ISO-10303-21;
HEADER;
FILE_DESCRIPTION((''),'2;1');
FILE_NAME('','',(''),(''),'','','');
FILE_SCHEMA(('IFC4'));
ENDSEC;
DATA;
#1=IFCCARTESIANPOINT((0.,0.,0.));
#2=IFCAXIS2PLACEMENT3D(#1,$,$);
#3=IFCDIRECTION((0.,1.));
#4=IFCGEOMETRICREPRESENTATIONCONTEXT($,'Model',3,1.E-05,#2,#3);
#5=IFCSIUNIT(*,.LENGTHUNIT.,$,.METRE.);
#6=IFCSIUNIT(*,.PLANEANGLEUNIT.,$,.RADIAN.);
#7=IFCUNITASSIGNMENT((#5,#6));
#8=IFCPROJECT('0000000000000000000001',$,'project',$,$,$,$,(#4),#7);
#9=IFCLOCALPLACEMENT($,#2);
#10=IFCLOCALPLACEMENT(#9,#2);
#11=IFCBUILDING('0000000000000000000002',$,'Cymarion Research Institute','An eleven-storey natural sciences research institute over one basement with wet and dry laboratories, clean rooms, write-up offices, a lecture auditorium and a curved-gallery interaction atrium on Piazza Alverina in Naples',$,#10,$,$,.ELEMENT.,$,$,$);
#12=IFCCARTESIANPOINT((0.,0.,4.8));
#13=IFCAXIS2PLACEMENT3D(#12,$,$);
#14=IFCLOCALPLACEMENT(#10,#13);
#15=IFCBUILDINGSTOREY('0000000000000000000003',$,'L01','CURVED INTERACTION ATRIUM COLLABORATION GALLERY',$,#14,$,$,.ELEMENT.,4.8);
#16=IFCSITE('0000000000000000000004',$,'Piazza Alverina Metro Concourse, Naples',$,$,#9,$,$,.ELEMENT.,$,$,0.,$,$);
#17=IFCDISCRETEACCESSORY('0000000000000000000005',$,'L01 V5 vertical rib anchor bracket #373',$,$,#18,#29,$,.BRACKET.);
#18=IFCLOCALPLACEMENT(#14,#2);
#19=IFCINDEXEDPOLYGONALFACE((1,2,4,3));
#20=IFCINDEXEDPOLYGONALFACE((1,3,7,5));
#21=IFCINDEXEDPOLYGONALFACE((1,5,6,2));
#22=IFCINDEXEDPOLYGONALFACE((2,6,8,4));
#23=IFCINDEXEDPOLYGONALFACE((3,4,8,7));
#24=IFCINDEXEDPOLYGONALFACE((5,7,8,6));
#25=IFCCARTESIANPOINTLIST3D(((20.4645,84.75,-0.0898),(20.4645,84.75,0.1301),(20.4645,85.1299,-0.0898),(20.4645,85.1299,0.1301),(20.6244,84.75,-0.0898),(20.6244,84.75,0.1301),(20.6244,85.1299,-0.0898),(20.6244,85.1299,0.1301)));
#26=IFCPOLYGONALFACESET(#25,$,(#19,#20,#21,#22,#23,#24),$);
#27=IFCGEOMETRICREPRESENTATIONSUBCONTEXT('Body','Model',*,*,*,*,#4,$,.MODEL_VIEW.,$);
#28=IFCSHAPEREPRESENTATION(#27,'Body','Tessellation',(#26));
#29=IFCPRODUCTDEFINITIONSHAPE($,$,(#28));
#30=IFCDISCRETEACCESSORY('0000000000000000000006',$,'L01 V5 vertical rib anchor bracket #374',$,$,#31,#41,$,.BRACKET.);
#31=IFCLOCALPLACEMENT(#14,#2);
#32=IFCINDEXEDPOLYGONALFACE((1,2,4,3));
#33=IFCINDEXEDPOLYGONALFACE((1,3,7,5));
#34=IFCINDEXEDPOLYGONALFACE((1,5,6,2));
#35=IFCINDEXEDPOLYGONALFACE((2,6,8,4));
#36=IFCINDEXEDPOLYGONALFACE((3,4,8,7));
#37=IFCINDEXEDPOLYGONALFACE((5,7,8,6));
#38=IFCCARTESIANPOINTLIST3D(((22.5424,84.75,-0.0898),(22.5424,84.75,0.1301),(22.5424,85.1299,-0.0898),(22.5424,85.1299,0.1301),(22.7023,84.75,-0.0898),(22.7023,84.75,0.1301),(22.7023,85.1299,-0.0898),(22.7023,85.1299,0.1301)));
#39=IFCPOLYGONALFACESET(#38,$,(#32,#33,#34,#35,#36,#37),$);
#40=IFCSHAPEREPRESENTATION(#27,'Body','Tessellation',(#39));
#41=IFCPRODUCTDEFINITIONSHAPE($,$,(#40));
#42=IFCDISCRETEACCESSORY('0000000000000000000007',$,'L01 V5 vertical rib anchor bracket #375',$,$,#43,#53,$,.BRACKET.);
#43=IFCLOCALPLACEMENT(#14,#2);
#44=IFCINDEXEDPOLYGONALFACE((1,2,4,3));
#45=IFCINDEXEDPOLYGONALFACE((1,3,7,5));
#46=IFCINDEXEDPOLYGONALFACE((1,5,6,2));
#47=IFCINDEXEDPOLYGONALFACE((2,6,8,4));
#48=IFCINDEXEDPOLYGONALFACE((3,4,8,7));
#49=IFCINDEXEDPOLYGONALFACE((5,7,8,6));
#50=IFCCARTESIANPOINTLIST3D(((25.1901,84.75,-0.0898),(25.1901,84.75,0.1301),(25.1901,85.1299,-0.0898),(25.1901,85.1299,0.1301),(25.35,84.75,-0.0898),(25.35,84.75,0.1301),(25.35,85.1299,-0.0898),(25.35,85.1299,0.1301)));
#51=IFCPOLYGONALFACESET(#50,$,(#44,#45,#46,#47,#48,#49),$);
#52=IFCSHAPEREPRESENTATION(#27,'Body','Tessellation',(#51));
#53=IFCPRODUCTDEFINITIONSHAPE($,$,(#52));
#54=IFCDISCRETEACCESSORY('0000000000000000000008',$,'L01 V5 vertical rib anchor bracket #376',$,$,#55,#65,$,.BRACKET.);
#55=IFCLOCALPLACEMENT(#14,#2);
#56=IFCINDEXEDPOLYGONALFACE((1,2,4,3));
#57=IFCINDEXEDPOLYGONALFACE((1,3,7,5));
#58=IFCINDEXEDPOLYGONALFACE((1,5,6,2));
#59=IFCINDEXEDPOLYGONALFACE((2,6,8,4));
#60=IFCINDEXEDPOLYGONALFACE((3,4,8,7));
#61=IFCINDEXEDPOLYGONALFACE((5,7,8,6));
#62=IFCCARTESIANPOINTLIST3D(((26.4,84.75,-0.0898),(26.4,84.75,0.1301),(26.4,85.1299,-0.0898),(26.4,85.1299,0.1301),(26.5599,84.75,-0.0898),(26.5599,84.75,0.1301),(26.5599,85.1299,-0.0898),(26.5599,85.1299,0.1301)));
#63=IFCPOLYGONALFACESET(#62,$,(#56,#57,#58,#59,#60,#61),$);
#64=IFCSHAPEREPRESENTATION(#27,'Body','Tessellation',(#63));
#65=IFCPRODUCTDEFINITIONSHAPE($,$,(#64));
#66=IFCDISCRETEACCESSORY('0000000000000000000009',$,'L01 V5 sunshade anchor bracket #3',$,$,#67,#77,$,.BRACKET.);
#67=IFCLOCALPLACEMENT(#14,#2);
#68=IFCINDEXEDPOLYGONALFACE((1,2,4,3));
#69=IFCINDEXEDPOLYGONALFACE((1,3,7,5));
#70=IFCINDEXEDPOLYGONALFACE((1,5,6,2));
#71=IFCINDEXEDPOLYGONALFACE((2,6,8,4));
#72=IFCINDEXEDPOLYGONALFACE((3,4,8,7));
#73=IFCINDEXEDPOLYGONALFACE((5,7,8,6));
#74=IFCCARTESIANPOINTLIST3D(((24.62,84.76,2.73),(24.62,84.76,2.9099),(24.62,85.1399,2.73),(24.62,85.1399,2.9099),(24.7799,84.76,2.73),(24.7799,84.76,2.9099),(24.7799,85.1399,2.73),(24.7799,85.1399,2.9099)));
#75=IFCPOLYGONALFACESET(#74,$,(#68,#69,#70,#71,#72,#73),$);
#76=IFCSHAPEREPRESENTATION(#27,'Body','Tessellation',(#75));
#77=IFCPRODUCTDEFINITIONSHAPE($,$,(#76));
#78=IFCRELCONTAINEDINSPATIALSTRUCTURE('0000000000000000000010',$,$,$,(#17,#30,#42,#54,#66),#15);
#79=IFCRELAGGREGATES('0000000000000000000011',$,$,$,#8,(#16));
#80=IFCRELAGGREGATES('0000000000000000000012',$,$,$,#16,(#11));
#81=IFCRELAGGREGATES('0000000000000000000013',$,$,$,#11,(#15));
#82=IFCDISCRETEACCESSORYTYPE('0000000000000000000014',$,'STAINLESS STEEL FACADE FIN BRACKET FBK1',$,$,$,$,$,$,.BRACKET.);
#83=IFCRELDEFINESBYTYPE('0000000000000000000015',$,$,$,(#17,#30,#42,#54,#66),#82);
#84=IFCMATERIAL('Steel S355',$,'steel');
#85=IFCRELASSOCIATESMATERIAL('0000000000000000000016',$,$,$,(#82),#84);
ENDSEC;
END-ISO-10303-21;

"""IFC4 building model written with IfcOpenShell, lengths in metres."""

from ifc_helpers import new_model, si_unit, direction, frame, origin, origin_2d, place, context, subcontext, project, spatial, rectangle, extrude, material, type_object, element, save


model = new_model("IFC4")

# Units and contexts
model_context = context("Model", 3, precision=1e-05, world=origin(), true_north=direction((0.0, 1.0)))
body_context = subcontext(model_context, "Body", "Model", "MODEL_VIEW")
ifc_project = project(units=[si_unit("LENGTHUNIT", "METRE"), si_unit("PLANEANGLEUNIT", "RADIAN")], contexts=[model_context])

# Site, building, storey
site_placement = place(None, origin())
site = spatial("IfcSite", under=ifc_project, at=site_placement, Name="Piazza Alverina Metro Concourse, Naples", CompositionType="ELEMENT", RefElevation=0.0)
building_placement = place(site_placement, origin())
building = spatial("IfcBuilding", under=site, at=building_placement, Name="Cymarion Research Institute", Description="An eleven-storey natural sciences research institute over one basement with wet and dry laboratories, clean rooms, write-up offices, a lecture auditorium and a curved-gallery interaction atrium on Piazza Alverina in Naples", CompositionType="ELEMENT")
storey_placement = place(building_placement, frame((0.0, 0.0, 4.8)))
storey = spatial("IfcBuildingStorey", under=building, at=storey_placement, Name="L01", Description="CURVED INTERACTION ATRIUM COLLABORATION GALLERY", CompositionType="ELEMENT", Elevation=4.8)

# Shared definitions
ifc_material_1 = material(Name="Steel S355", Category="steel")

# Discrete accessories
discrete_accessory_type = type_object("IfcDiscreteAccessoryType", Name="STAINLESS STEEL FACADE FIN BRACKET FBK1", PredefinedType="BRACKET", material=ifc_material_1)
for number, where, z_axis, x_axis, name in (
    (1, (20.5444, 84.9399, -0.0898), (0.0, 0.0, 1.0), (0.0, -1.0, 0.0), "L01 V5 vertical rib anchor bracket #373"),
    (2, (22.6223, 84.9399, -0.0898), (0.0, 0.0, 1.0), (0.0, -1.0, 0.0), "L01 V5 vertical rib anchor bracket #374"),
    (3, (25.27, 84.9399, -0.0898), (0.0, 0.0, 1.0), (0.0, -1.0, 0.0), "L01 V5 vertical rib anchor bracket #375"),
    (4, (26.48, 84.9399, -0.0898), (0.0, 0.0, 1.0), (0.0, -1.0, 0.0), "L01 V5 vertical rib anchor bracket #376"),
):
    element("IfcDiscreteAccessory", number, at=place(storey_placement, frame(where, z_axis=z_axis, x_axis=x_axis)), inside=storey, type_object=discrete_accessory_type, Name=name, PredefinedType="BRACKET", context=body_context, shape_type="SweptSolid", body=[
        extrude(rectangle(XDim=0.3799, YDim=0.1599, at=origin_2d()), origin(), (0.0, 0.0, 1.0), 0.22),
    ])
discrete_accessory_1_placement = place(storey_placement, frame((24.7, 84.95, 2.73), z_axis=(0.0, 0.0, 1.0), x_axis=(0.0, -1.0, 0.0)))
element("IfcDiscreteAccessory", 5, at=discrete_accessory_1_placement, inside=storey, type_object=discrete_accessory_type, Name="L01 V5 sunshade anchor bracket #3", PredefinedType="BRACKET", context=body_context, shape_type="SweptSolid", body=[
    extrude(rectangle(XDim=0.3799, YDim=0.1599, at=origin_2d()), origin(), (0.0, 0.0, 1.0), 0.1799),
])

save(model, "model.ifc")
